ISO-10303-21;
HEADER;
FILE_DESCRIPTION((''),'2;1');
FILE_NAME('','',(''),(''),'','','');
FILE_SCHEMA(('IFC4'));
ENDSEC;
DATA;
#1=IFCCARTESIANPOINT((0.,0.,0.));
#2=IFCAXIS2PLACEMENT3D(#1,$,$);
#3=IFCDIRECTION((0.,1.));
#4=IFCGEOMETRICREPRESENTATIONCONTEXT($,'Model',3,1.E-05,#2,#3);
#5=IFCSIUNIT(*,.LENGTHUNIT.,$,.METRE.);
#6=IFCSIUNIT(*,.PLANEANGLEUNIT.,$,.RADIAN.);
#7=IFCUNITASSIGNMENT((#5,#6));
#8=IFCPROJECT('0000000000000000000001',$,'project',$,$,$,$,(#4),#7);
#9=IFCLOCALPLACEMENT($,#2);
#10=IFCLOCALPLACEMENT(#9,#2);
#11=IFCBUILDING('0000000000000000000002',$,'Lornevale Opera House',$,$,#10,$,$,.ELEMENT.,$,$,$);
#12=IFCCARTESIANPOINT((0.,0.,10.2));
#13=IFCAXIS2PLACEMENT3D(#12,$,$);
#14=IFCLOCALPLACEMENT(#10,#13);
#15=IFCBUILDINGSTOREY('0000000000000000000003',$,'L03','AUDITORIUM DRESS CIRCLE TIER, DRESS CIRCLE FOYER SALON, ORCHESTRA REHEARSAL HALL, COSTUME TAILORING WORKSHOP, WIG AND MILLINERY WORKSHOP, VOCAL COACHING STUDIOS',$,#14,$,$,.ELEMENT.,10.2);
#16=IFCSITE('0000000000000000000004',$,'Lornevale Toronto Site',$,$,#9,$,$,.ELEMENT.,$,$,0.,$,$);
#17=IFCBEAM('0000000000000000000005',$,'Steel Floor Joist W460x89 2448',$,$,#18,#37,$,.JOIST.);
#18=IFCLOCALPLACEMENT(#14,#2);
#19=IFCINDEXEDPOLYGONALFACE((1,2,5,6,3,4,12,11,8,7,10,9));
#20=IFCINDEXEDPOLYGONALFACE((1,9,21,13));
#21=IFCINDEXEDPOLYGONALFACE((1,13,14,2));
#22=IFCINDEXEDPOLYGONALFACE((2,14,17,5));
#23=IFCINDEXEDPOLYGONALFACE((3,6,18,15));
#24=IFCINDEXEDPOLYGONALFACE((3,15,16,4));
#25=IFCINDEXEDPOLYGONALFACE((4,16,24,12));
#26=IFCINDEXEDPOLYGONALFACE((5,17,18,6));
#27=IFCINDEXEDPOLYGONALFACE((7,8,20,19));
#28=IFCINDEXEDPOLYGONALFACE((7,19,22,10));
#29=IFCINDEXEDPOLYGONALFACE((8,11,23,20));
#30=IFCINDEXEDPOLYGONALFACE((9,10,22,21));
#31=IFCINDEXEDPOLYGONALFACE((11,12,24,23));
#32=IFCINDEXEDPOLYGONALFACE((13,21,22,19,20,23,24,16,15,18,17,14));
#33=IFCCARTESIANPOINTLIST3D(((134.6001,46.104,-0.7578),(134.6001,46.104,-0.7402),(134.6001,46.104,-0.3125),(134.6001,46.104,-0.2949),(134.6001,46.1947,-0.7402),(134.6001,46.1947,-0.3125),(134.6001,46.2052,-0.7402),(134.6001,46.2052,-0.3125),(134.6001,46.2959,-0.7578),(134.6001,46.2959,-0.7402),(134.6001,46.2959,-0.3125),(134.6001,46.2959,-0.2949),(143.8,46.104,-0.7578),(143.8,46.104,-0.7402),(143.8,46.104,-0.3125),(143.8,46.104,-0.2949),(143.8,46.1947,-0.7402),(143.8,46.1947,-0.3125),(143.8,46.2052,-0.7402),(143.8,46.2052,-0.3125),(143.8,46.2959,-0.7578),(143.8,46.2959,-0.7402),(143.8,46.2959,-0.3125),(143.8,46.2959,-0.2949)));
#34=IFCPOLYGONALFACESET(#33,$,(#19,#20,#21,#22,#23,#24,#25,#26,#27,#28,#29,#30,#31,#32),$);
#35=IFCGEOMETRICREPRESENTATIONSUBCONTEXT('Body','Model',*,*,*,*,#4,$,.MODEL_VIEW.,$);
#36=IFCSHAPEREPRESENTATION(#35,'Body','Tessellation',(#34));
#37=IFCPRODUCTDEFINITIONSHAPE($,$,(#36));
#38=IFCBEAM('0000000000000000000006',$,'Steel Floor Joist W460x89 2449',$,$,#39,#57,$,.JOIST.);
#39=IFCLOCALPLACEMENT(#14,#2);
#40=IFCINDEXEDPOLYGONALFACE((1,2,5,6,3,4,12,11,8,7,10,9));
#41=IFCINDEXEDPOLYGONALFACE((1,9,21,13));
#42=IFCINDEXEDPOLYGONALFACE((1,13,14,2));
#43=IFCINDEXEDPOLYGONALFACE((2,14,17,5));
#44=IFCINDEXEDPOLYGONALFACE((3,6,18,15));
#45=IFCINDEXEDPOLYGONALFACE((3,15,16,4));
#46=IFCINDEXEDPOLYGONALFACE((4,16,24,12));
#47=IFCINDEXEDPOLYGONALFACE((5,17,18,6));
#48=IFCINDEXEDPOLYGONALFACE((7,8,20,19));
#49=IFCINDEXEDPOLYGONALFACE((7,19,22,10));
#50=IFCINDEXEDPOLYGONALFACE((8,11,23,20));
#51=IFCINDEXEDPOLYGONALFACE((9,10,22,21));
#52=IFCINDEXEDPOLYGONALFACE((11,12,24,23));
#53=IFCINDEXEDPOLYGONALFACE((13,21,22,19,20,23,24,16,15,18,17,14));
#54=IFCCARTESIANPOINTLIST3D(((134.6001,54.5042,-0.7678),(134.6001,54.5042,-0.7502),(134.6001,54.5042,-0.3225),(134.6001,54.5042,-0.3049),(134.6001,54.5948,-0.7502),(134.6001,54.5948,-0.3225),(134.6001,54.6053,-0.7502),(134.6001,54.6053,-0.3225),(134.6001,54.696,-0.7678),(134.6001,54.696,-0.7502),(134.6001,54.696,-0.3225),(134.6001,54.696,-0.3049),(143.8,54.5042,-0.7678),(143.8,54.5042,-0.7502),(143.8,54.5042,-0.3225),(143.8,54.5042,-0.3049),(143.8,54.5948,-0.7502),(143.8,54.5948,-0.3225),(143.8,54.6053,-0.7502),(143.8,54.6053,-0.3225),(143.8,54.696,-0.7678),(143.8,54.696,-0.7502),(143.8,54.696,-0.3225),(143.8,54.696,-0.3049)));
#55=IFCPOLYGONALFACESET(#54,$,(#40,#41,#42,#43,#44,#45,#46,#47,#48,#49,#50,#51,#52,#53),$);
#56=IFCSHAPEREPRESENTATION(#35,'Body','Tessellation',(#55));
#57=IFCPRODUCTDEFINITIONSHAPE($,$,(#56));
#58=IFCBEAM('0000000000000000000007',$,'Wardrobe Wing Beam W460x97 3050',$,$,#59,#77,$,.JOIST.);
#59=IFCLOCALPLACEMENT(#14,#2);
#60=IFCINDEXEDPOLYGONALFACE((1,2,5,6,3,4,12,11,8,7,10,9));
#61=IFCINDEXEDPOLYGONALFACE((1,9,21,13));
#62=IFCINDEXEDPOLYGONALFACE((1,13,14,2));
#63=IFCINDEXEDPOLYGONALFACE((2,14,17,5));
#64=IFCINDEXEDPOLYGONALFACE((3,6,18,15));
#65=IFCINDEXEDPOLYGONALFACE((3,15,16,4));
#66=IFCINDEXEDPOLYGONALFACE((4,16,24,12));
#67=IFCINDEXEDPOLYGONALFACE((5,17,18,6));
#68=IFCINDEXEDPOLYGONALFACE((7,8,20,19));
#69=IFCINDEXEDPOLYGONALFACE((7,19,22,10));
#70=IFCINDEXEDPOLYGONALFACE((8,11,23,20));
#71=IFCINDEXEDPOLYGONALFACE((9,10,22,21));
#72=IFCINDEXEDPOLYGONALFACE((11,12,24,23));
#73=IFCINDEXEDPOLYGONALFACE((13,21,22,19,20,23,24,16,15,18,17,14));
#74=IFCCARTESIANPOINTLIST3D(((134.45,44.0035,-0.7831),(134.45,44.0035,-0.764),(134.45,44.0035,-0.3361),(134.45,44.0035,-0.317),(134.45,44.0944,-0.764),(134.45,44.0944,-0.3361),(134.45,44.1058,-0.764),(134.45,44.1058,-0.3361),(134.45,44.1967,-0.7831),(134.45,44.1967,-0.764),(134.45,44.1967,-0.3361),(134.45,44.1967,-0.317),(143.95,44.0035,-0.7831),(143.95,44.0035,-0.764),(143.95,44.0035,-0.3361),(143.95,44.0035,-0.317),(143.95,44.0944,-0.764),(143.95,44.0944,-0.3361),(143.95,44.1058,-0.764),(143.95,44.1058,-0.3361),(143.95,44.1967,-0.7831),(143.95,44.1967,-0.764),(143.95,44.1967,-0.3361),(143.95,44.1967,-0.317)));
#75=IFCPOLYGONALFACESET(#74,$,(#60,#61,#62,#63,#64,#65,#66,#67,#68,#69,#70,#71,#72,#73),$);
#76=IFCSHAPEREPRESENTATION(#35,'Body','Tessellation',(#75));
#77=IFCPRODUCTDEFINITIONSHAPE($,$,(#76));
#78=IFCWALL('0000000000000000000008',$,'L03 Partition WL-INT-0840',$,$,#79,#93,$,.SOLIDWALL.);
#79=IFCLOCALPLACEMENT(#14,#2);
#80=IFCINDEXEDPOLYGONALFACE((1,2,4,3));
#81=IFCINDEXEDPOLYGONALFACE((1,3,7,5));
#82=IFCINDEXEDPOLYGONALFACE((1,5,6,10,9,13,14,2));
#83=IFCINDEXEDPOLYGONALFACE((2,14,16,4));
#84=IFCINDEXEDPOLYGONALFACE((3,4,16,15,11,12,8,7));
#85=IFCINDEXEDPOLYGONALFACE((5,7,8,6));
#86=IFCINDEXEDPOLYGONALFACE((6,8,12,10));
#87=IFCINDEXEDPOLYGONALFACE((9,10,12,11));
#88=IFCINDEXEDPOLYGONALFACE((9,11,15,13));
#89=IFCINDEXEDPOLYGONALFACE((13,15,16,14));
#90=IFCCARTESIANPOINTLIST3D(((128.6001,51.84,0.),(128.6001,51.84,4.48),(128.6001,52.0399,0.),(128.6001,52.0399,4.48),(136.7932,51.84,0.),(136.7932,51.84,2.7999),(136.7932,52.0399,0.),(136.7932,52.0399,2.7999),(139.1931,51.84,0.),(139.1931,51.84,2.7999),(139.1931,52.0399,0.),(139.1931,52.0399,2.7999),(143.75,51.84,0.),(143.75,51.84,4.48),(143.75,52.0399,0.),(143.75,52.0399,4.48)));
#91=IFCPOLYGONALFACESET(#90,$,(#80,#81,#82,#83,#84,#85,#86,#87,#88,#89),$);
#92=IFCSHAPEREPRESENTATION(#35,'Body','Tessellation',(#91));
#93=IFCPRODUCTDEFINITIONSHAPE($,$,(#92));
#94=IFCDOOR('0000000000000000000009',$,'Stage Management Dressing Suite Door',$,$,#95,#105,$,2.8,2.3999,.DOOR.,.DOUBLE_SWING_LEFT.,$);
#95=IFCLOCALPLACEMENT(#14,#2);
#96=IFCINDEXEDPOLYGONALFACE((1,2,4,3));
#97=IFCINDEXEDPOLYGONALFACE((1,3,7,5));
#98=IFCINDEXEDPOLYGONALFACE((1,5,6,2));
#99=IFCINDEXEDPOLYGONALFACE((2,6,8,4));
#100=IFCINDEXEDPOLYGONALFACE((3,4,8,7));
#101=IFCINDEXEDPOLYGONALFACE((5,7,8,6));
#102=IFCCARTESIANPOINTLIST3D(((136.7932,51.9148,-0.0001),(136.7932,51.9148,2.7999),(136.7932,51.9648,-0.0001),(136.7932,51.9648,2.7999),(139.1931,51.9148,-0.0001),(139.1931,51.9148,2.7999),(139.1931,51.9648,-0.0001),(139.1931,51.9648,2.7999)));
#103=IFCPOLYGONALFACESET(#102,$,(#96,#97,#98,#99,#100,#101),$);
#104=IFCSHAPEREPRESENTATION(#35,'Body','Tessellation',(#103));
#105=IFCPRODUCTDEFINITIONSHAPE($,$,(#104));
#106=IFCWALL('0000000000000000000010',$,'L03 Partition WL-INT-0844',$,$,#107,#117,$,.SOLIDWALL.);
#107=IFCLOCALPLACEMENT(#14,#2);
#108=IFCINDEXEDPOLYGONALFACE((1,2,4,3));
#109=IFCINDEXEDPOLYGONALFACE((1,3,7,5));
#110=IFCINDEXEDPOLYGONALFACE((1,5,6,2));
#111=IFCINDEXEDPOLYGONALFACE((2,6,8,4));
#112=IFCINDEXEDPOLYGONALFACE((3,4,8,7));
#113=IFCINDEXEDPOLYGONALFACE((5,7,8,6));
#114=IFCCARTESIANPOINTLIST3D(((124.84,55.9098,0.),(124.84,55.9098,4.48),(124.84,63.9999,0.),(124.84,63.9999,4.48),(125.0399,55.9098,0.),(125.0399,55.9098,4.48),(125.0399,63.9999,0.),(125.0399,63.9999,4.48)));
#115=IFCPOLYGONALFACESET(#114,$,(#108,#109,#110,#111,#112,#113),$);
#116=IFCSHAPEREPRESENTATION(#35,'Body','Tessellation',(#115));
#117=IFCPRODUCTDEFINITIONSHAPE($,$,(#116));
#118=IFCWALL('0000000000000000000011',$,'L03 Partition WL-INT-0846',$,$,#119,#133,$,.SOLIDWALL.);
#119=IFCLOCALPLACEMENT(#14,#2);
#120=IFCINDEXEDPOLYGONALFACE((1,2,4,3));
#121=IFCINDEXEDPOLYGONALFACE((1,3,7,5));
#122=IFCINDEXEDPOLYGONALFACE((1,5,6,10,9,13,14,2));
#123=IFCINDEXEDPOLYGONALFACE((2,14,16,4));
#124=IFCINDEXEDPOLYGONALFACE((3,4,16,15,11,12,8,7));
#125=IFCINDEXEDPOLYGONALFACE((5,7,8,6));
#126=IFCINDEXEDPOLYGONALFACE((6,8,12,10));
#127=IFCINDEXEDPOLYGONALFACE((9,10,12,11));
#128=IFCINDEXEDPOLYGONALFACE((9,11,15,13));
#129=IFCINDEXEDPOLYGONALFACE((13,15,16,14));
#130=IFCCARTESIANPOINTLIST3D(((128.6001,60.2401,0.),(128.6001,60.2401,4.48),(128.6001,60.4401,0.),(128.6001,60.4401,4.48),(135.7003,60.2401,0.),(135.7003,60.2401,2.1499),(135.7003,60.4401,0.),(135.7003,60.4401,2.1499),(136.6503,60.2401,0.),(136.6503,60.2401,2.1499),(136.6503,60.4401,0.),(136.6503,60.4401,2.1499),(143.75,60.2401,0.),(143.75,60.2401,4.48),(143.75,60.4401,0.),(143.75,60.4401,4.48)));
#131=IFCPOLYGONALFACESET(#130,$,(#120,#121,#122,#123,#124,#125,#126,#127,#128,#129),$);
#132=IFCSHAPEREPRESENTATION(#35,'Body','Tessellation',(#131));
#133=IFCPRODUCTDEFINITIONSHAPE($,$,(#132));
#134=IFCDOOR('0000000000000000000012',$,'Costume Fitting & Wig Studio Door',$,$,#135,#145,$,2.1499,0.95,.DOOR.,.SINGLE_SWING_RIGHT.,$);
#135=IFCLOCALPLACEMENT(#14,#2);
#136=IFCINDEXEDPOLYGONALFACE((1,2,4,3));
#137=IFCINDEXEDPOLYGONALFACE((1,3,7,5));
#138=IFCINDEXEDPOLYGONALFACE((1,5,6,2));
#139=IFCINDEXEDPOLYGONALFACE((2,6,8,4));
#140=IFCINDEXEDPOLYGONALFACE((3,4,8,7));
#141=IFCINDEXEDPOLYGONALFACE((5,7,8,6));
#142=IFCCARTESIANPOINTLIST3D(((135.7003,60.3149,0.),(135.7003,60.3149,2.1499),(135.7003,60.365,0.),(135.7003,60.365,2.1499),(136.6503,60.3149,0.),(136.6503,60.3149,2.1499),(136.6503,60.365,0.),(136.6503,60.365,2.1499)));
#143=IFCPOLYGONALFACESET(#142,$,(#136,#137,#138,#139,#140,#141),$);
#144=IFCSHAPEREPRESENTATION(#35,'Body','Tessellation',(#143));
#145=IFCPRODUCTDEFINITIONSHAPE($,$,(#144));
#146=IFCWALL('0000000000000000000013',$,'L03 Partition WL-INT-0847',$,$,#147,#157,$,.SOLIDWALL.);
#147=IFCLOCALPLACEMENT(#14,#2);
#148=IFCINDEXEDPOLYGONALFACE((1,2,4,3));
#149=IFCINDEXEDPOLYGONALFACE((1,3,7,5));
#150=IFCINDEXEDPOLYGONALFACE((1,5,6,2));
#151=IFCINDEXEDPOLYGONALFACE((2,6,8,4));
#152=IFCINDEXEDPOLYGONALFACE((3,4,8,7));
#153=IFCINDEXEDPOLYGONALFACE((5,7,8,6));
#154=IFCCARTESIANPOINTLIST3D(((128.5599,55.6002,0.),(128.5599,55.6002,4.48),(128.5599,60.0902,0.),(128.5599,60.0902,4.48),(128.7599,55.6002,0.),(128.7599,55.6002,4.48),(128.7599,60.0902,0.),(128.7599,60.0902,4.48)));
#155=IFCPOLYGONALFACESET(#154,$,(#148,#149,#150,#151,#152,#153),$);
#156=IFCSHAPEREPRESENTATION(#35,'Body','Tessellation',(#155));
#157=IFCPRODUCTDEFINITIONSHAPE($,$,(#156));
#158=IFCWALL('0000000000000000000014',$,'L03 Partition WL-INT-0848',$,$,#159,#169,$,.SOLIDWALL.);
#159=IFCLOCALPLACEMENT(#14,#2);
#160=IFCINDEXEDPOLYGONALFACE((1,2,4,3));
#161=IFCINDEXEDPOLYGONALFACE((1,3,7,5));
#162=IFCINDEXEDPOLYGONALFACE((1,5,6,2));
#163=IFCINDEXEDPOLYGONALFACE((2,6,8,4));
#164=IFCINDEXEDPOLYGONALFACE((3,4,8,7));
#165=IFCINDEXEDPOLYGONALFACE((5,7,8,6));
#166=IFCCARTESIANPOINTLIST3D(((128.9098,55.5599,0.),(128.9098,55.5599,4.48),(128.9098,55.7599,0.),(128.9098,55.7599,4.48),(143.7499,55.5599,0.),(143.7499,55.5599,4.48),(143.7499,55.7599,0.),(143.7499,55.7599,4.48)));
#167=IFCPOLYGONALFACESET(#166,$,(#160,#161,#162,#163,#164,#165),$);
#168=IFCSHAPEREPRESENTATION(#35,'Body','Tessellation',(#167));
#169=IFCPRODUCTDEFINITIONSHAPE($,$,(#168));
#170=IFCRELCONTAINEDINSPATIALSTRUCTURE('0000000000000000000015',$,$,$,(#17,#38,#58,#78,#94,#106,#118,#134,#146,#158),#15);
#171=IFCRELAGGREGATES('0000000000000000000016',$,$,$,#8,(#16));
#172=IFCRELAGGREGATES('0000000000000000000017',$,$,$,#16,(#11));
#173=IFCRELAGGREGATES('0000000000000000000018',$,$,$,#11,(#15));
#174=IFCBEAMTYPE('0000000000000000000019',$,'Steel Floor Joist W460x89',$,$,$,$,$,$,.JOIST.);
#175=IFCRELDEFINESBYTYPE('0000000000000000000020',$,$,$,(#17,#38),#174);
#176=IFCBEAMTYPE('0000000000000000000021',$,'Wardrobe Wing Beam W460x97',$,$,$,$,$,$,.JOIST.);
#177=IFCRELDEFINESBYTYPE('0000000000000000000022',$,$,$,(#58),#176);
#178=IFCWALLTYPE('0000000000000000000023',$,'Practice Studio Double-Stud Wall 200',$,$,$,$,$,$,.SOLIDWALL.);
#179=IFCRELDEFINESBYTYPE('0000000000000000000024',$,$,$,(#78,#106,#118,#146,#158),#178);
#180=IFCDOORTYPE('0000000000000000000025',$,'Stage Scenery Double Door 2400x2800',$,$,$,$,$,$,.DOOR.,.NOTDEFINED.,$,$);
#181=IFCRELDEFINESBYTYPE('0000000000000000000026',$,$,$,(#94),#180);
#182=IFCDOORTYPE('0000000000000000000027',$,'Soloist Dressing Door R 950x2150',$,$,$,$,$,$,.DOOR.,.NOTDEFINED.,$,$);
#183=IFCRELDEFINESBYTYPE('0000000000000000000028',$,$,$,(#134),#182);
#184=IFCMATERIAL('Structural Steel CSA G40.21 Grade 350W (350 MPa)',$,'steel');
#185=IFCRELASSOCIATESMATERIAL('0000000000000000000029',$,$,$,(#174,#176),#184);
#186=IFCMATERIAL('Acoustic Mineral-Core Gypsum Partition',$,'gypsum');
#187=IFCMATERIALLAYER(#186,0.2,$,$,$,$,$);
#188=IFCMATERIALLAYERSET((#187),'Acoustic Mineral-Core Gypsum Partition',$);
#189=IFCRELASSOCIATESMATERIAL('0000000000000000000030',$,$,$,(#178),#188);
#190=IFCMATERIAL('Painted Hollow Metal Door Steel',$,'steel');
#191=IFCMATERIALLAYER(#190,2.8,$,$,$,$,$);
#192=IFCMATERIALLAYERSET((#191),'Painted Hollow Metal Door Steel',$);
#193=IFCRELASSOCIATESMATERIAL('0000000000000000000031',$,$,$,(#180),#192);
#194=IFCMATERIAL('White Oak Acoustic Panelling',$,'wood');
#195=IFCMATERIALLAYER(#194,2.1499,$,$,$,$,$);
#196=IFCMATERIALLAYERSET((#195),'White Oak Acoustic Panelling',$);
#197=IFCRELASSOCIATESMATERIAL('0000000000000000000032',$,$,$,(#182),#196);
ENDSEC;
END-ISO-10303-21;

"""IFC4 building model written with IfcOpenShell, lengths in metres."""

from ifc_helpers import new_model, si_unit, direction, frame, frame_2d, origin, origin_2d, place, context, subcontext, project, spatial, rectangle, i_section, extrude, material, layer, layer_set, material_profile, profile_set, type_object, element, fill, save


model = new_model("IFC4")

# Units and contexts
model_context = context("Model", 3, precision=1e-05, world=origin(), true_north=direction((0.0, 1.0)))
body_context = subcontext(model_context, "Body", "Model", "MODEL_VIEW")
ifc_project = project(units=[si_unit("LENGTHUNIT", "METRE"), si_unit("PLANEANGLEUNIT", "RADIAN")], contexts=[model_context])

# Site, building, storey
site_placement = place(None, origin())
site = spatial("IfcSite", under=ifc_project, at=site_placement, Name="Lornevale Toronto Site", CompositionType="ELEMENT", RefElevation=0.0)
building_placement = place(site_placement, origin())
building = spatial("IfcBuilding", under=site, at=building_placement, Name="Lornevale Opera House", CompositionType="ELEMENT")
storey_placement = place(building_placement, frame((0.0, 0.0, 10.2)))
storey = spatial("IfcBuildingStorey", under=building, at=storey_placement, Name="L03", Description="AUDITORIUM DRESS CIRCLE TIER, DRESS CIRCLE FOYER SALON, ORCHESTRA REHEARSAL HALL, COSTUME TAILORING WORKSHOP, WIG AND MILLINERY WORKSHOP, VOCAL COACHING STUDIOS", CompositionType="ELEMENT", Elevation=10.2)

# Beams
ifc_material_1 = material(Name="Structural Steel CSA G40.21 Grade 350W (350 MPa)", Category="steel")
ifc_material_profile_1 = material_profile(ifc_material_1, i_section(OverallWidth=0.1919, OverallDepth=0.4629, WebThickness=0.0105, FlangeThickness=0.0176, at=origin_2d()), Name="W460x89")
ifc_profile_set_1 = profile_set([ifc_material_profile_1], Name="Structural Steel CSA G40.21 Grade 350W (350 MPa)")
beam_type_1 = type_object("IfcBeamType", Name="Steel Floor Joist W460x89", PredefinedType="JOIST", material=ifc_profile_set_1)
for number, where, z_axis, x_axis, name in (
    (1, (134.6001, 46.2, -0.5264), (1.0, 0.0, 0.0), (0.0, 1.0, 0.0), "Steel Floor Joist W460x89 2448"),
    (2, (134.6001, 54.6001, -0.5364), (1.0, 0.0, 0.0), (0.0, 1.0, 0.0), "Steel Floor Joist W460x89 2449"),
):
    element("IfcBeam", number, at=place(storey_placement, frame(where, z_axis=z_axis, x_axis=x_axis)), inside=storey, type_object=beam_type_1, Name=name, PredefinedType="JOIST", context=body_context, shape_type="SweptSolid", body=[
        extrude(i_section(OverallWidth=0.1919, OverallDepth=0.4629, WebThickness=0.0105, FlangeThickness=0.0176, at=origin_2d()), origin(), (0.0, 0.0, 1.0), 9.2),
    ])
ifc_material_profile_2 = material_profile(ifc_material_1, i_section(OverallWidth=0.1931, OverallDepth=0.4661, WebThickness=0.0115, FlangeThickness=0.019, at=origin_2d()), Name="W460x97")
ifc_profile_set_2 = profile_set([ifc_material_profile_2], Name="Structural Steel CSA G40.21 Grade 350W (350 MPa)")
beam_type_2 = type_object("IfcBeamType", Name="Wardrobe Wing Beam W460x97", PredefinedType="JOIST", material=ifc_profile_set_2)
beam_1_placement = place(storey_placement, frame((134.45, 44.1001, -0.55), z_axis=(1.0, 0.0, 0.0), x_axis=(0.0, 1.0, 0.0)))
element("IfcBeam", 3, at=beam_1_placement, inside=storey, type_object=beam_type_2, Name="Wardrobe Wing Beam W460x97 3050", PredefinedType="JOIST", context=body_context, shape_type="SweptSolid", body=[
    extrude(i_section(OverallWidth=0.1931, OverallDepth=0.4661, WebThickness=0.0115, FlangeThickness=0.019, at=origin_2d()), origin(), (0.0, 0.0, 1.0), 9.5),
])

# Wall, opening, door
ifc_material_2 = material(Name="Acoustic Mineral-Core Gypsum Partition", Category="gypsum")
ifc_layer_1 = layer(ifc_material_2, 0.2)
ifc_layer_set_1 = layer_set([ifc_layer_1], Name="Acoustic Mineral-Core Gypsum Partition")
wall_type = type_object("IfcWallType", Name="Practice Studio Double-Stud Wall 200", PredefinedType="SOLIDWALL", material=ifc_layer_set_1)
wall_1_placement = place(storey_placement, frame((128.6001, 51.9399, 0.0), z_axis=(0.0, 0.0, 1.0), x_axis=(1.0, 0.0, 0.0)))
wall_1 = element("IfcWall", 4, at=wall_1_placement, inside=storey, type_object=wall_type, Name="L03 Partition WL-INT-0840", PredefinedType="SOLIDWALL", context=body_context, shape_type="SweptSolid", body=[
    extrude(rectangle(XDim=15.1499, YDim=0.2, at=frame_2d((7.575, 0.0))), origin(), (0.0, 0.0, 1.0), 4.48),
])
opening_1_placement = place(wall_1_placement, frame((8.1931, 0.0, 0.0)))
opening_1 = element("IfcOpeningElement", 5, at=opening_1_placement, cuts=wall_1, PredefinedType="OPENING", context=body_context, shape_type="SweptSolid", body=[
    extrude(rectangle(XDim=2.3999, YDim=2.8, at=frame_2d((1.2, 1.3999))), frame((0.0, 0.1099, 0.0), z_axis=(0.0, -1.0, 0.0), x_axis=(1.0, 0.0, 0.0)), (0.0, 0.0, 1.0), 0.22),
])
ifc_material_3 = material(Name="Painted Hollow Metal Door Steel", Category="steel")
ifc_layer_2 = layer(ifc_material_3, 2.8)
ifc_layer_set_2 = layer_set([ifc_layer_2], Name="Painted Hollow Metal Door Steel")
door_type_1 = type_object("IfcDoorType", Name="Stage Scenery Double Door 2400x2800", OperationType="NOTDEFINED", PredefinedType="DOOR", material=ifc_layer_set_2)
door_1_placement = place(opening_1_placement, origin())
door_1 = element("IfcDoor", 6, at=door_1_placement, inside=storey, type_object=door_type_1, Name="Stage Management Dressing Suite Door", OperationType="DOUBLE_SWING_LEFT", OverallHeight=2.8, OverallWidth=2.3999, PredefinedType="DOOR", context=body_context, shape_type="SweptSolid", body=[
    extrude(rectangle(XDim=2.3999, YDim=2.8, at=frame_2d((1.2, 1.3999))), frame((0.0, 0.0249, 0.0), z_axis=(0.0, -1.0, 0.0), x_axis=(1.0, 0.0, 0.0)), (0.0, 0.0, 1.0), 0.05),
])
fill(opening_1, door_1)

# Wall
wall_2_placement = place(storey_placement, frame((124.9399, 55.9099, 0.0), z_axis=(0.0, 0.0, 1.0), x_axis=(0.0, 1.0, 0.0)))
element("IfcWall", 7, at=wall_2_placement, inside=storey, type_object=wall_type, Name="L03 Partition WL-INT-0844", PredefinedType="SOLIDWALL", context=body_context, shape_type="SweptSolid", body=[
    extrude(rectangle(XDim=8.0901, YDim=0.2, at=frame_2d((4.0449, 0.0))), origin(), (0.0, 0.0, 1.0), 4.48),
])

# Wall, opening, door
wall_3_placement = place(storey_placement, frame((128.6001, 60.3401, 0.0), z_axis=(0.0, 0.0, 1.0), x_axis=(1.0, 0.0, 0.0)))
wall_3 = element("IfcWall", 8, at=wall_3_placement, inside=storey, type_object=wall_type, Name="L03 Partition WL-INT-0846", PredefinedType="SOLIDWALL", context=body_context, shape_type="SweptSolid", body=[
    extrude(rectangle(XDim=15.1499, YDim=0.2, at=frame_2d((7.575, 0.0))), origin(), (0.0, 0.0, 1.0), 4.48),
])
opening_2_placement = place(wall_3_placement, frame((7.1001, 0.0, 0.0)))
opening_2 = element("IfcOpeningElement", 9, at=opening_2_placement, cuts=wall_3, PredefinedType="OPENING", context=body_context, shape_type="SweptSolid", body=[
    extrude(rectangle(XDim=0.95, YDim=2.1499, at=frame_2d((0.4751, 1.075))), frame((0.0, 0.1099, 0.0), z_axis=(0.0, -1.0, 0.0), x_axis=(1.0, 0.0, 0.0)), (0.0, 0.0, 1.0), 0.22),
])
ifc_material_4 = material(Name="White Oak Acoustic Panelling", Category="wood")
ifc_layer_3 = layer(ifc_material_4, 2.1499)
ifc_layer_set_3 = layer_set([ifc_layer_3], Name="White Oak Acoustic Panelling")
door_type_2 = type_object("IfcDoorType", Name="Soloist Dressing Door R 950x2150", OperationType="NOTDEFINED", PredefinedType="DOOR", material=ifc_layer_set_3)
door_2_placement = place(opening_2_placement, origin())
door_2 = element("IfcDoor", 10, at=door_2_placement, inside=storey, type_object=door_type_2, Name="Costume Fitting & Wig Studio Door", OperationType="SINGLE_SWING_RIGHT", OverallHeight=2.1499, OverallWidth=0.95, PredefinedType="DOOR", context=body_context, shape_type="SweptSolid", body=[
    extrude(rectangle(XDim=0.95, YDim=2.1499, at=frame_2d((0.4751, 1.075))), frame((0.0, 0.0249, 0.0), z_axis=(0.0, -1.0, 0.0), x_axis=(1.0, 0.0, 0.0)), (0.0, 0.0, 1.0), 0.05),
])
fill(opening_2, door_2)

# Walls
wall_4_placement = place(storey_placement, frame((128.6599, 55.6001, 0.0), z_axis=(0.0, 0.0, 1.0), x_axis=(0.0, 1.0, 0.0)))
element("IfcWall", 11, at=wall_4_placement, inside=storey, type_object=wall_type, Name="L03 Partition WL-INT-0847", PredefinedType="SOLIDWALL", context=body_context, shape_type="SweptSolid", body=[
    extrude(rectangle(XDim=4.49, YDim=0.2, at=frame_2d((2.2451, 0.0))), origin(), (0.0, 0.0, 1.0), 4.48),
])
wall_5_placement = place(storey_placement, frame((128.9099, 55.6599, 0.0), z_axis=(0.0, 0.0, 1.0), x_axis=(1.0, 0.0, 0.0)))
element("IfcWall", 12, at=wall_5_placement, inside=storey, type_object=wall_type, Name="L03 Partition WL-INT-0848", PredefinedType="SOLIDWALL", context=body_context, shape_type="SweptSolid", body=[
    extrude(rectangle(XDim=14.8401, YDim=0.2, at=frame_2d((7.4199, 0.0))), origin(), (0.0, 0.0, 1.0), 4.48),
])

save(model, "model.ifc")
